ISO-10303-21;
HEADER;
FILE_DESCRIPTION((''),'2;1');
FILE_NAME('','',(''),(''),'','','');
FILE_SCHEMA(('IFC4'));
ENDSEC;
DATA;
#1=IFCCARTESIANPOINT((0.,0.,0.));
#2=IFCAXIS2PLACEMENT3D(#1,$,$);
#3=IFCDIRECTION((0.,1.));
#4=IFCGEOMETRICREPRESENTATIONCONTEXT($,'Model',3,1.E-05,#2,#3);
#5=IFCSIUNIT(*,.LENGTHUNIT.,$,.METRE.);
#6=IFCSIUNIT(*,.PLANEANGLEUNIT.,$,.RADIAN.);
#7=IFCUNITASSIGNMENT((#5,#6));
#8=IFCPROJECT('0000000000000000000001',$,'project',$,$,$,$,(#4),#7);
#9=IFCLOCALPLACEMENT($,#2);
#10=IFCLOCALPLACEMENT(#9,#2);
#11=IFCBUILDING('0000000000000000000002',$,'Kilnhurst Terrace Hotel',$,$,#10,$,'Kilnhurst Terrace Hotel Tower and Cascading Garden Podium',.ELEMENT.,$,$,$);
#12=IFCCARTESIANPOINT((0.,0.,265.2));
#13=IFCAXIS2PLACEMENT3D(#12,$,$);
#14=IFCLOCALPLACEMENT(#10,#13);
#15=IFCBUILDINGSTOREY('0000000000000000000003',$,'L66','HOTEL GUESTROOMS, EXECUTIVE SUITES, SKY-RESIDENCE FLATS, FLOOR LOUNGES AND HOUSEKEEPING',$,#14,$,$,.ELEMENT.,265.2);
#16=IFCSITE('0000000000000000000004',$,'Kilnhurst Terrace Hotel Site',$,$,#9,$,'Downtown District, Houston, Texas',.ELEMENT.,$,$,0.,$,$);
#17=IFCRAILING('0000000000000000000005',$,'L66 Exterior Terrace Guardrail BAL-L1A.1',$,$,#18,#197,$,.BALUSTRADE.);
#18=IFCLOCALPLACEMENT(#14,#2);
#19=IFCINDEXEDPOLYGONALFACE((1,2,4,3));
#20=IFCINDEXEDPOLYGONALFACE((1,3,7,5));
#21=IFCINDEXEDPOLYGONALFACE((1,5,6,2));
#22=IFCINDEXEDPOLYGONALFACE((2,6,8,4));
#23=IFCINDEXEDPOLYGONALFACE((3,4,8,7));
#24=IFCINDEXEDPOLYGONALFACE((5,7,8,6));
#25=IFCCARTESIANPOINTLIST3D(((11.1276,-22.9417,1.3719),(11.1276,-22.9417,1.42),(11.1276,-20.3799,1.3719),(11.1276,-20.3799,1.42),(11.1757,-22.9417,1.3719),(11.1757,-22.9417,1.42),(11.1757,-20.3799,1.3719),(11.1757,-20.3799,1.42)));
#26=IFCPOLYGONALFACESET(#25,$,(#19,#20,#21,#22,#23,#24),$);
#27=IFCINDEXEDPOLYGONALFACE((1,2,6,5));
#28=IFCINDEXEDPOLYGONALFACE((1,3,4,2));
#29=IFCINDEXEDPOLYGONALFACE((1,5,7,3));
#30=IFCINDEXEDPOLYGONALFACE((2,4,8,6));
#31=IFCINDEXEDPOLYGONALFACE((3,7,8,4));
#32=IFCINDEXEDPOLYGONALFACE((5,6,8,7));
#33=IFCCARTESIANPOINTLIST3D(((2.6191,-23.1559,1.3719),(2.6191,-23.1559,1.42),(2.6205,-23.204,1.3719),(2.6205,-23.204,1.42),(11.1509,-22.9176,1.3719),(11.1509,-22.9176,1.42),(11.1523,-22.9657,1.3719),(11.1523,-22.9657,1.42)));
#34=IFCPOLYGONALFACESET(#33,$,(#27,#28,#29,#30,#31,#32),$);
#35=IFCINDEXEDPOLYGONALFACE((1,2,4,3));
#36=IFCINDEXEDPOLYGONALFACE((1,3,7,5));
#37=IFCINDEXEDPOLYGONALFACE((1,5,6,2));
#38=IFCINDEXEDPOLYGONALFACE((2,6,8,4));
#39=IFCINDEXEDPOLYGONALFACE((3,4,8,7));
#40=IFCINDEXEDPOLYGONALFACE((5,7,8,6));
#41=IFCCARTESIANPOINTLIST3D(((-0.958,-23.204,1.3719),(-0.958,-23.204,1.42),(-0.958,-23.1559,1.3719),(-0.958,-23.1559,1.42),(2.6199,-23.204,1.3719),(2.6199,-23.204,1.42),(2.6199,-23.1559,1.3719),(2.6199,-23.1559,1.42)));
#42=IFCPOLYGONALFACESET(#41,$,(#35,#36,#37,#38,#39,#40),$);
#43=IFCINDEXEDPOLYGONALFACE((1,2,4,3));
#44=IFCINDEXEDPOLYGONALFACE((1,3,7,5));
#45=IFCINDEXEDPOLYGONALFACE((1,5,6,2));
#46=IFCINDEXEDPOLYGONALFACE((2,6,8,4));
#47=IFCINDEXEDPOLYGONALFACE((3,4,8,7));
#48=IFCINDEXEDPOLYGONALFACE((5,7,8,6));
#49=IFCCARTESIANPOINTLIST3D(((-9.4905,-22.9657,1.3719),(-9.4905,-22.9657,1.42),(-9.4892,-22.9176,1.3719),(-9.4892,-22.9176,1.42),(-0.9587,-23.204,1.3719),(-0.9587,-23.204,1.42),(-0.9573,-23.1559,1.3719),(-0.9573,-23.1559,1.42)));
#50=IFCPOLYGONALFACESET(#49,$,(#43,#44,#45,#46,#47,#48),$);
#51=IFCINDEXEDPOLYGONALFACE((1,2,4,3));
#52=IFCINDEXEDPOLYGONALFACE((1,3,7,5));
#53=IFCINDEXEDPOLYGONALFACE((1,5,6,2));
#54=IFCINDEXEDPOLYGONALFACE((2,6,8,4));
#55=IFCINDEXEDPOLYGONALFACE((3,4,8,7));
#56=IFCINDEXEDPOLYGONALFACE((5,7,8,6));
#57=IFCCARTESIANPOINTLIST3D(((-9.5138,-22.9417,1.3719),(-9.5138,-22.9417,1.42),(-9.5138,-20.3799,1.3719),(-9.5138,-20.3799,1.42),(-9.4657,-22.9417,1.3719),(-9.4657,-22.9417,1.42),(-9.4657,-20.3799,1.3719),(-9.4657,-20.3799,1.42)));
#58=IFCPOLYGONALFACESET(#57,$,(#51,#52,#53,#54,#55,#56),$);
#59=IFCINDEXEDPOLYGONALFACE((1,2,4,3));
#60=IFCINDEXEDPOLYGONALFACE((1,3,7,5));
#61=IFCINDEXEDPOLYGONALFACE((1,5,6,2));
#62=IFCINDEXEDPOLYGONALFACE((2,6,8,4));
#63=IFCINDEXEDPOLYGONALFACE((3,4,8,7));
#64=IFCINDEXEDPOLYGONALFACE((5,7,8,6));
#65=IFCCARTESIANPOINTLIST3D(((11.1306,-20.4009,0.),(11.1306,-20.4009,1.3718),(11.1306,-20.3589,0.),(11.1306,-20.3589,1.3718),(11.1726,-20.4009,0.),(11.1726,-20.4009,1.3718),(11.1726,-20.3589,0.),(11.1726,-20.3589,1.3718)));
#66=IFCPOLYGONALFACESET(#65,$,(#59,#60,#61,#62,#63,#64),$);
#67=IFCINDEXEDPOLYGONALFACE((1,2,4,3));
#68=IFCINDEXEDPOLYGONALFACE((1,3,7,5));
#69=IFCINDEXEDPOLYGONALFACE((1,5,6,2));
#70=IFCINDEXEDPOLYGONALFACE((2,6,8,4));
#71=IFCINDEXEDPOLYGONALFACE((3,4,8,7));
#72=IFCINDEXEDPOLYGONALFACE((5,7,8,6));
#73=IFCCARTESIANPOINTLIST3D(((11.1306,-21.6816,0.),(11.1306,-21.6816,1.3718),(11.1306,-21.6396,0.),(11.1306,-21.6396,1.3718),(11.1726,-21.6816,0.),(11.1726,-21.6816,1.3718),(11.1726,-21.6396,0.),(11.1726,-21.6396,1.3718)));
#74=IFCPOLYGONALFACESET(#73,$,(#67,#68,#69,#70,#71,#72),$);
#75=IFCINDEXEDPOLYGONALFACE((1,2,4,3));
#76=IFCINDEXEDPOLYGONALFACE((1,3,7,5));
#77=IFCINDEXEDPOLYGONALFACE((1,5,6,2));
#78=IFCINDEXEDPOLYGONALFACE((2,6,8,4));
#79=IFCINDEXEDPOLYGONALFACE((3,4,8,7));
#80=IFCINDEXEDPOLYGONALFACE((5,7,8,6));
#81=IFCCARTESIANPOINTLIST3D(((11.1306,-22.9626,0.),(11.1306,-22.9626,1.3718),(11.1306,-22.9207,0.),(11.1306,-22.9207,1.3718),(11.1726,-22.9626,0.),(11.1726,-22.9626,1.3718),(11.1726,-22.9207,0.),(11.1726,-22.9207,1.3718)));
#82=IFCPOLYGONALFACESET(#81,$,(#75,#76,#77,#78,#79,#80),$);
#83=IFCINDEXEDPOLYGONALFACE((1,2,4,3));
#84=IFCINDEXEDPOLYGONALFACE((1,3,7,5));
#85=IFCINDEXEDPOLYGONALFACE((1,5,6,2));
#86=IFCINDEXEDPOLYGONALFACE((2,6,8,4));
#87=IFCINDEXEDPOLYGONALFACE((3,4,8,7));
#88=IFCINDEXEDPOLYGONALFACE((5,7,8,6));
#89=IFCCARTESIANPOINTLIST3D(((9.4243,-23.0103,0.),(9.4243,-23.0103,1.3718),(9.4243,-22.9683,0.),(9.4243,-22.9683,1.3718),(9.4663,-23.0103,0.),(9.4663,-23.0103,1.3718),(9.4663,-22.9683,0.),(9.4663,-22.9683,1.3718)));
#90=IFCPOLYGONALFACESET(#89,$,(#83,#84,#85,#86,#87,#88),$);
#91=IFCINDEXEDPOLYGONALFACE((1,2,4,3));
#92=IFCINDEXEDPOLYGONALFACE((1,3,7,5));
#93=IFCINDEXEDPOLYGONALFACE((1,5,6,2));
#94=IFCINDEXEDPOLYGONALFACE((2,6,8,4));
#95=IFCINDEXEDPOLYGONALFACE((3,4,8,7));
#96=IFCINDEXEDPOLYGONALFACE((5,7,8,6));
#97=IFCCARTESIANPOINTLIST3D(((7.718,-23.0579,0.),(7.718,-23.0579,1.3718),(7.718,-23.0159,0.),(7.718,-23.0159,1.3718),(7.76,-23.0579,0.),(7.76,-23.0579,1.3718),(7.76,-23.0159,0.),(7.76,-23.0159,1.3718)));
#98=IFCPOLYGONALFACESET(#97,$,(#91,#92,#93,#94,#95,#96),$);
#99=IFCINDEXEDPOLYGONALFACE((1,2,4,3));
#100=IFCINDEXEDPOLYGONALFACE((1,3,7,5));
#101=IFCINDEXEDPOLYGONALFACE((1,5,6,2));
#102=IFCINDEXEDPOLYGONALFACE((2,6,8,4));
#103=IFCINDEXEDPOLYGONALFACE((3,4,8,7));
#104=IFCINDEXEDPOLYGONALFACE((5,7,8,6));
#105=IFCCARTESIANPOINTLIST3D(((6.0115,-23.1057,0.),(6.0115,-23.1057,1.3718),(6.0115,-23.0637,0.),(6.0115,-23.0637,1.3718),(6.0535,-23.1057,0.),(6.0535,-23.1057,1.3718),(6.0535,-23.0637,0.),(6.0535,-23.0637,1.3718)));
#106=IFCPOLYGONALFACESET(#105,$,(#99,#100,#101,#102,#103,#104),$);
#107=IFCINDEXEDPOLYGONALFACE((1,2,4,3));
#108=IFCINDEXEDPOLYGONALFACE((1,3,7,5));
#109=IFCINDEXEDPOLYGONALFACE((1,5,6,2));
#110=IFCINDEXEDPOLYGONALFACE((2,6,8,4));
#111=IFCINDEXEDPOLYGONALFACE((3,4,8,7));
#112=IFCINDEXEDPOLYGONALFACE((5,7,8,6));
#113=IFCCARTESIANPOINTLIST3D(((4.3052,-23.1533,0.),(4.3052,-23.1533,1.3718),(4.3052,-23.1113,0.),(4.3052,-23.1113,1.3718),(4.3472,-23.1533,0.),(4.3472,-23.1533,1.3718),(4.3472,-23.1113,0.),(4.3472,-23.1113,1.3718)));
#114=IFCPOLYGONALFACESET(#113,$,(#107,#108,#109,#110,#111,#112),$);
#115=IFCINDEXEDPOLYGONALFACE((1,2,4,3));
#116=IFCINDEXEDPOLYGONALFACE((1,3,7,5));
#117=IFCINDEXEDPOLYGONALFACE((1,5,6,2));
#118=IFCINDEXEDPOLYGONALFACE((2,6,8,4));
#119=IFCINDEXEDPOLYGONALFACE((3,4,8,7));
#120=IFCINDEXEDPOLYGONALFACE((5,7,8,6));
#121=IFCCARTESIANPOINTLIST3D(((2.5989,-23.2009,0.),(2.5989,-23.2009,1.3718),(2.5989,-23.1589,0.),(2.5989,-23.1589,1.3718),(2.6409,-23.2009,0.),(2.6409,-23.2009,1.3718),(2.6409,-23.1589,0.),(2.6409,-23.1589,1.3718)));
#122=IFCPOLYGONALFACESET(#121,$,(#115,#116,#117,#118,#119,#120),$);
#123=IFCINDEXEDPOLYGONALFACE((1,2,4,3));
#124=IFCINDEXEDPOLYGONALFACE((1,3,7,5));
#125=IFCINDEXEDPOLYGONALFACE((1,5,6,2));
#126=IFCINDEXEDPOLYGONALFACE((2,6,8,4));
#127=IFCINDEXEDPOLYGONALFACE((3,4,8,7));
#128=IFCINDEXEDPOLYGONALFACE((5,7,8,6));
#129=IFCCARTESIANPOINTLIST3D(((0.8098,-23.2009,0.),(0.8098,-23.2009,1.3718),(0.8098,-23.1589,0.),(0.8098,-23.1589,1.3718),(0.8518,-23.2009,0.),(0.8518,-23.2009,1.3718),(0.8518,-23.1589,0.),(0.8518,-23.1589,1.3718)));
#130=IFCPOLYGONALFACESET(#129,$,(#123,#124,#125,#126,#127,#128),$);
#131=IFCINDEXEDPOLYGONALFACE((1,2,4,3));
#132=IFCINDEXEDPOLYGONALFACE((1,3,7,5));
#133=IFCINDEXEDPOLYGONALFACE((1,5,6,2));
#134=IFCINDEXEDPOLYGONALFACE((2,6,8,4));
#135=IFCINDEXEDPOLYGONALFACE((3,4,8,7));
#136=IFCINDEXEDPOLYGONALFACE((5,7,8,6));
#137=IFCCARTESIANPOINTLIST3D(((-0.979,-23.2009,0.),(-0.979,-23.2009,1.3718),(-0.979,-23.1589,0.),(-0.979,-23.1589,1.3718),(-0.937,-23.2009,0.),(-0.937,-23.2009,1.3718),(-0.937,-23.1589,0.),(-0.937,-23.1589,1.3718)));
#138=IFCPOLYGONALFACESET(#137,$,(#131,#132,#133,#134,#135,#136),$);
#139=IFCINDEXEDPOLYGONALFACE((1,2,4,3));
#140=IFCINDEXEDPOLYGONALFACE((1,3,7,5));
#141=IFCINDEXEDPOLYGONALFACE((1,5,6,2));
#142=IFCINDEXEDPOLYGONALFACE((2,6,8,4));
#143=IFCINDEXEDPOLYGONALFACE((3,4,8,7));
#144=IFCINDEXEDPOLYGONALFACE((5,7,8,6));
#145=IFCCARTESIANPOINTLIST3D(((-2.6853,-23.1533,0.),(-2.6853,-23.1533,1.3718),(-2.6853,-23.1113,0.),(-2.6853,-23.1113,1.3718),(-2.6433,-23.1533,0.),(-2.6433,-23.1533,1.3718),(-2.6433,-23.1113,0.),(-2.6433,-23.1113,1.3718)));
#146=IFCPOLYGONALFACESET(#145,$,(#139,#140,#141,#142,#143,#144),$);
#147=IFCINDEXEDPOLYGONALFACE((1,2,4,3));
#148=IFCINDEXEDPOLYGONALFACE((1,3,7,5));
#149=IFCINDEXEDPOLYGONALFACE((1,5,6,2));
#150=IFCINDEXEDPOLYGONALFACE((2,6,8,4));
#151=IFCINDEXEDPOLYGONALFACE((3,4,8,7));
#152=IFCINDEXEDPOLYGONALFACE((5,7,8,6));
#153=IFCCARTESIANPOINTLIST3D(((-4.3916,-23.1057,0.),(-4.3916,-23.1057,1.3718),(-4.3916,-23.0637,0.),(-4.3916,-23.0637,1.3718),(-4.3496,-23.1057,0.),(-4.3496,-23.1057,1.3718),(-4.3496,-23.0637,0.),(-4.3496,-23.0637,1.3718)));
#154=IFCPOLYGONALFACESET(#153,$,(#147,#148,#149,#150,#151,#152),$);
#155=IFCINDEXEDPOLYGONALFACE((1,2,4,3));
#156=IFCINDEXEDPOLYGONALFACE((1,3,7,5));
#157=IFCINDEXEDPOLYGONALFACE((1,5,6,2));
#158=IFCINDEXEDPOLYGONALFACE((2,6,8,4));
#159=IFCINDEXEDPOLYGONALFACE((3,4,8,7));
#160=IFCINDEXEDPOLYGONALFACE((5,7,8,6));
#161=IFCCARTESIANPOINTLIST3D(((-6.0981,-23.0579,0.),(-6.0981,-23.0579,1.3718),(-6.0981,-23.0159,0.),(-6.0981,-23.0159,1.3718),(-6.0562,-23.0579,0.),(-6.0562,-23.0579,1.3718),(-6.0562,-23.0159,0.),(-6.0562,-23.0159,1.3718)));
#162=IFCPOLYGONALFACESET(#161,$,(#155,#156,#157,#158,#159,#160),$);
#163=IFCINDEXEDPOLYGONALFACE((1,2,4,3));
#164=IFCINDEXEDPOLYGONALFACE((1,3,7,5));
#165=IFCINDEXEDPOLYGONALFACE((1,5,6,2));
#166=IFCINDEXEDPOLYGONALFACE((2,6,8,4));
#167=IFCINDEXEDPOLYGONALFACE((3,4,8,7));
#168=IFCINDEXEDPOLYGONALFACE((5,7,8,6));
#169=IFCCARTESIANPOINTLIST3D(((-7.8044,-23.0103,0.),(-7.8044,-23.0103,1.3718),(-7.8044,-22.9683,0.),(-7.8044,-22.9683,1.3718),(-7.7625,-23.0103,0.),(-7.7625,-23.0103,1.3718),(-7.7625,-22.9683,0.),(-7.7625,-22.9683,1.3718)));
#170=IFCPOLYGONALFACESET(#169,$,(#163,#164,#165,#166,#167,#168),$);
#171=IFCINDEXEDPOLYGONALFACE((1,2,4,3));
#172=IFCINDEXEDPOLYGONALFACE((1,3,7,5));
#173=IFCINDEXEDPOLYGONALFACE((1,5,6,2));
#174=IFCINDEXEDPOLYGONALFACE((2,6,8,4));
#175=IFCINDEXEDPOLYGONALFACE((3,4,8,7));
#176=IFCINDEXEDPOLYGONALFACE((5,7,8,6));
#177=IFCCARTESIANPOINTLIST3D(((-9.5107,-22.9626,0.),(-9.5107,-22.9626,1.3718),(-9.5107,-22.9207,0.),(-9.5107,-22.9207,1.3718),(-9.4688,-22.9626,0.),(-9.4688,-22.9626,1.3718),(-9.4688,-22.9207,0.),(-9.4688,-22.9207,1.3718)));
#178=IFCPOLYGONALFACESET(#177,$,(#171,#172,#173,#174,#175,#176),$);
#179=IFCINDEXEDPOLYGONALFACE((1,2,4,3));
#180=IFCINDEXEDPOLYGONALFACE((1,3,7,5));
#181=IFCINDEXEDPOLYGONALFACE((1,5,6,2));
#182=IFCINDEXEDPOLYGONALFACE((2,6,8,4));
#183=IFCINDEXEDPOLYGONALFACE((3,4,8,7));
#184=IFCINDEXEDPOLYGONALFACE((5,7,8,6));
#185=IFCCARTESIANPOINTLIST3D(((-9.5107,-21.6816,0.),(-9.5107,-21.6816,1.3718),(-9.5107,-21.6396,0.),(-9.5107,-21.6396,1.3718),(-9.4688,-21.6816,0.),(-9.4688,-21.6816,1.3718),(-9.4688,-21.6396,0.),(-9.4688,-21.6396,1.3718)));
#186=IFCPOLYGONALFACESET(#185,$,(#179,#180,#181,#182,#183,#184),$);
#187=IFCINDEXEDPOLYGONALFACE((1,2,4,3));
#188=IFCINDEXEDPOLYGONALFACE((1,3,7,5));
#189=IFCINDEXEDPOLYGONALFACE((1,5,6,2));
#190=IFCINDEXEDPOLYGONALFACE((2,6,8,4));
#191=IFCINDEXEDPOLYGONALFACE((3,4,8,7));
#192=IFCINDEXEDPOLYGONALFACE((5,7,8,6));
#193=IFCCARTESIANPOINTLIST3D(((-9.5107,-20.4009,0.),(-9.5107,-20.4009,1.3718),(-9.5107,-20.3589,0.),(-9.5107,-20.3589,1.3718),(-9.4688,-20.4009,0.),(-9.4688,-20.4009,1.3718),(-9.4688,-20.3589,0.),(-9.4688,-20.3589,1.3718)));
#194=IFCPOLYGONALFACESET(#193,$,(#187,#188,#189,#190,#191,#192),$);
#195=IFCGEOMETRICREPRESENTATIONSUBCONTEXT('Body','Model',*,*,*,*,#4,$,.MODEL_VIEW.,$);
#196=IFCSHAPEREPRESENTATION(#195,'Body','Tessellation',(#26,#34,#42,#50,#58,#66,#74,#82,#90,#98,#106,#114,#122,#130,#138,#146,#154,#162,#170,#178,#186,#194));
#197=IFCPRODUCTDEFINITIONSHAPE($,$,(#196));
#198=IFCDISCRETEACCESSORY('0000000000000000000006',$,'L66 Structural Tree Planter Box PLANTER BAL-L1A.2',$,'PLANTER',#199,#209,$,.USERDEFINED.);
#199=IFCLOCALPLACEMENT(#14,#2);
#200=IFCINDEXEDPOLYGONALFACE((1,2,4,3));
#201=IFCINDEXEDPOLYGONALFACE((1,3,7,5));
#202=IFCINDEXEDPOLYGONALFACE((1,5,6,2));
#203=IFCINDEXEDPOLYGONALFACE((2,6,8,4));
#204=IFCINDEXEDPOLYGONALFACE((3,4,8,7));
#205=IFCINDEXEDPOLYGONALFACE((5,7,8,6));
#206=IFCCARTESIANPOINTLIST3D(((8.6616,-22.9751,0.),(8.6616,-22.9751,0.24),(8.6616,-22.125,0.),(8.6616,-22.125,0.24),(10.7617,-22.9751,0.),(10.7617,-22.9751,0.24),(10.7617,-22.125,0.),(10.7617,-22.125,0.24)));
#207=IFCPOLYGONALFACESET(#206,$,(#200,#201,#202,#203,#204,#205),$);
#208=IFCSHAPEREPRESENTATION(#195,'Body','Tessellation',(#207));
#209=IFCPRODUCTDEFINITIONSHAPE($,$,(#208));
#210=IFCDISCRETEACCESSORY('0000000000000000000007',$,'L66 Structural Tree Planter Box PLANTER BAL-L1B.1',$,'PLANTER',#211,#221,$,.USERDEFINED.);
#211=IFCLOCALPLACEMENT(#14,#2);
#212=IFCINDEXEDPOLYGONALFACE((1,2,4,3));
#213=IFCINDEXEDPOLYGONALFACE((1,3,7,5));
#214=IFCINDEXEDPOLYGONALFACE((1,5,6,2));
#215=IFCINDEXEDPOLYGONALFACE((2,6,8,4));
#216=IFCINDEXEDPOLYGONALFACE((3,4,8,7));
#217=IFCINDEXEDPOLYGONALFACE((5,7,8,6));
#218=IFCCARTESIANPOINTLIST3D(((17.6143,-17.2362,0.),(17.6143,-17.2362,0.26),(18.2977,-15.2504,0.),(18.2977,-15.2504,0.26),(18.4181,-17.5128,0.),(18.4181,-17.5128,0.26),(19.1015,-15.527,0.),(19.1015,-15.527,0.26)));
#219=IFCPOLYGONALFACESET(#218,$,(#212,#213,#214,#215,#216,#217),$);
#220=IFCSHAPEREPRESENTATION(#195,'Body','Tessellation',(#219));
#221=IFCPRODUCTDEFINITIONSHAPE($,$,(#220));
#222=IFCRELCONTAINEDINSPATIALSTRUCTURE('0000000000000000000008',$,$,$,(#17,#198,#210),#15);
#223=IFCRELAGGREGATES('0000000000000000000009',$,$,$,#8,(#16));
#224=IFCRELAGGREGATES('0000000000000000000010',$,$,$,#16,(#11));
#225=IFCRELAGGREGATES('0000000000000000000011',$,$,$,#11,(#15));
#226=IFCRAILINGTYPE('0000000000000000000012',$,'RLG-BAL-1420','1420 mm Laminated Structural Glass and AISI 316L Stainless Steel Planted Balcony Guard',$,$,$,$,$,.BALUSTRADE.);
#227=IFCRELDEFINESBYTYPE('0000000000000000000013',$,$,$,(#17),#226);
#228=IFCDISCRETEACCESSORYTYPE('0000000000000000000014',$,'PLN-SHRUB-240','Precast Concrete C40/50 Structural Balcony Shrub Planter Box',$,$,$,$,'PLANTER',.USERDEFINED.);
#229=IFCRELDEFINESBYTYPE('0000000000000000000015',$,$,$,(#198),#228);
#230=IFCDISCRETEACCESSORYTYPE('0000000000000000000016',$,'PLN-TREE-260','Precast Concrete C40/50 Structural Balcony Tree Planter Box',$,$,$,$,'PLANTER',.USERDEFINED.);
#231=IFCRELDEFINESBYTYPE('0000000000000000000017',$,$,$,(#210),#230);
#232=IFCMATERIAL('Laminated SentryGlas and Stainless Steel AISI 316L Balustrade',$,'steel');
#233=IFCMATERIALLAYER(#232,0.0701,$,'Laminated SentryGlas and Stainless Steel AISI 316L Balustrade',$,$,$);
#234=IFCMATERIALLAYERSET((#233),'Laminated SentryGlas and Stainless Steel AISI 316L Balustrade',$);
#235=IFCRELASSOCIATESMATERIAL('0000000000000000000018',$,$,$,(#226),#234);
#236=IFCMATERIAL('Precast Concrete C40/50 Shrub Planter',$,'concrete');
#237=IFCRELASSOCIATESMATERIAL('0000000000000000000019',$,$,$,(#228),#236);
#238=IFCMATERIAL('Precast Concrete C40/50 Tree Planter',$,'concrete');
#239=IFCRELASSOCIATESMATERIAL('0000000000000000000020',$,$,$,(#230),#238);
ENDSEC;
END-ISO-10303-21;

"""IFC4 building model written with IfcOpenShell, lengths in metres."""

from ifc_helpers import new_model, si_unit, direction, frame, origin, origin_2d, place, context, subcontext, project, spatial, rectangle, extrude, material, layer, layer_set, type_object, element, save


model = new_model("IFC4")

# Units and contexts
model_context = context("Model", 3, precision=1e-05, world=origin(), true_north=direction((0.0, 1.0)))
body_context = subcontext(model_context, "Body", "Model", "MODEL_VIEW")
ifc_project = project(units=[si_unit("LENGTHUNIT", "METRE"), si_unit("PLANEANGLEUNIT", "RADIAN")], contexts=[model_context])

# Site, building, storey
site_placement = place(None, origin())
site = spatial("IfcSite", under=ifc_project, at=site_placement, Name="Kilnhurst Terrace Hotel Site", LongName="Downtown District, Houston, Texas", CompositionType="ELEMENT", RefElevation=0.0)
building_placement = place(site_placement, origin())
building = spatial("IfcBuilding", under=site, at=building_placement, Name="Kilnhurst Terrace Hotel", LongName="Kilnhurst Terrace Hotel Tower and Cascading Garden Podium", CompositionType="ELEMENT")
storey_placement = place(building_placement, frame((0.0, 0.0, 265.2)))
storey = spatial("IfcBuildingStorey", under=building, at=storey_placement, Name="L66", Description="HOTEL GUESTROOMS, EXECUTIVE SUITES, SKY-RESIDENCE FLATS, FLOOR LOUNGES AND HOUSEKEEPING", CompositionType="ELEMENT", Elevation=265.2)

# Railing
ifc_material_1 = material(Name="Laminated SentryGlas and Stainless Steel AISI 316L Balustrade", Category="steel")
ifc_layer_1 = layer(ifc_material_1, 0.0701, Name="Laminated SentryGlas and Stainless Steel AISI 316L Balustrade")
ifc_layer_set_1 = layer_set([ifc_layer_1], Name="Laminated SentryGlas and Stainless Steel AISI 316L Balustrade")
railing_type = type_object("IfcRailingType", Name="RLG-BAL-1420", Description="1420 mm Laminated Structural Glass and AISI 316L Stainless Steel Planted Balcony Guard", PredefinedType="BALUSTRADE", material=ifc_layer_set_1)
railing_placement = place(storey_placement, frame((11.1516, -20.3799, 0.0)))
element("IfcRailing", 1, at=railing_placement, inside=storey, type_object=railing_type, Name="L66 Exterior Terrace Guardrail BAL-L1A.1", PredefinedType="BALUSTRADE", context=body_context, shape_type="SweptSolid", body=[
    extrude(rectangle(XDim=0.0481, YDim=0.0481, at=origin_2d()), frame((0.0, 0.0, 1.396), z_axis=(0.0, -1.0, 0.0), x_axis=(1.0, 0.0, 0.0)), (0.0, 0.0, 1.0), 2.5618),
    extrude(rectangle(XDim=0.0481, YDim=0.0481, at=origin_2d()), frame((0.0, -2.5618, 1.396), z_axis=(-0.99961, -0.027918, 0.0), x_axis=(0.027918, -0.99961, 0.0)), (0.0, 0.0, 1.0), 8.5352),
    extrude(rectangle(XDim=0.0481, YDim=0.0481, at=origin_2d()), frame((-8.5317, -2.8, 1.396), z_axis=(-1.0, 0.0, 0.0), x_axis=(0.0, -1.0, 0.0)), (0.0, 0.0, 1.0), 3.5779),
    extrude(rectangle(XDim=0.0481, YDim=0.0481, at=origin_2d()), frame((-12.1096, -2.8, 1.396), z_axis=(-0.99961, 0.027918, 0.0), x_axis=(-0.027918, -0.99961, 0.0)), (0.0, 0.0, 1.0), 8.5352),
    extrude(rectangle(XDim=0.0481, YDim=0.0481, at=origin_2d()), frame((-20.6414, -2.5618, 1.396), z_axis=(0.0, 1.0, 0.0), x_axis=(-1.0, 0.0, 0.0)), (0.0, 0.0, 1.0), 2.5618),
    extrude(rectangle(XDim=0.042, YDim=0.042, at=origin_2d()), origin(), (0.0, 0.0, 1.0), 1.3718),
    extrude(rectangle(XDim=0.042, YDim=0.042, at=origin_2d()), frame((0.0, -1.2808, 0.0)), (0.0, 0.0, 1.0), 1.3718),
    extrude(rectangle(XDim=0.042, YDim=0.042, at=origin_2d()), frame((0.0, -2.5618, 0.0)), (0.0, 0.0, 1.0), 1.3718),
    extrude(rectangle(XDim=0.042, YDim=0.042, at=origin_2d()), frame((-1.7063, -2.6094, 0.0)), (0.0, 0.0, 1.0), 1.3718),
    extrude(rectangle(XDim=0.042, YDim=0.042, at=origin_2d()), frame((-3.4126, -2.657, 0.0)), (0.0, 0.0, 1.0), 1.3718),
    extrude(rectangle(XDim=0.042, YDim=0.042, at=origin_2d()), frame((-5.1191, -2.7048, 0.0)), (0.0, 0.0, 1.0), 1.3718),
    extrude(rectangle(XDim=0.042, YDim=0.042, at=origin_2d()), frame((-6.8254, -2.7524, 0.0)), (0.0, 0.0, 1.0), 1.3718),
    extrude(rectangle(XDim=0.042, YDim=0.042, at=origin_2d()), frame((-8.5317, -2.8, 0.0)), (0.0, 0.0, 1.0), 1.3718),
    extrude(rectangle(XDim=0.042, YDim=0.042, at=origin_2d()), frame((-10.3208, -2.8, 0.0)), (0.0, 0.0, 1.0), 1.3718),
    extrude(rectangle(XDim=0.042, YDim=0.042, at=origin_2d()), frame((-12.1096, -2.8, 0.0)), (0.0, 0.0, 1.0), 1.3718),
    extrude(rectangle(XDim=0.042, YDim=0.042, at=origin_2d()), frame((-13.8159, -2.7524, 0.0)), (0.0, 0.0, 1.0), 1.3718),
    extrude(rectangle(XDim=0.042, YDim=0.042, at=origin_2d()), frame((-15.5222, -2.7048, 0.0)), (0.0, 0.0, 1.0), 1.3718),
    extrude(rectangle(XDim=0.042, YDim=0.042, at=origin_2d()), frame((-17.2288, -2.657, 0.0)), (0.0, 0.0, 1.0), 1.3718),
    extrude(rectangle(XDim=0.042, YDim=0.042, at=origin_2d()), frame((-18.9351, -2.6094, 0.0)), (0.0, 0.0, 1.0), 1.3718),
    extrude(rectangle(XDim=0.042, YDim=0.042, at=origin_2d()), frame((-20.6414, -2.5618, 0.0)), (0.0, 0.0, 1.0), 1.3718),
    extrude(rectangle(XDim=0.042, YDim=0.042, at=origin_2d()), frame((-20.6414, -1.2808, 0.0)), (0.0, 0.0, 1.0), 1.3718),
    extrude(rectangle(XDim=0.042, YDim=0.042, at=origin_2d()), frame((-20.6414, 0.0, 0.0)), (0.0, 0.0, 1.0), 1.3718),
])

# Discrete accessories
ifc_material_2 = material(Name="Precast Concrete C40/50 Shrub Planter", Category="concrete")
discrete_accessory_type_1 = type_object("IfcDiscreteAccessoryType", Name="PLN-SHRUB-240", Description="Precast Concrete C40/50 Structural Balcony Shrub Planter Box", ElementType="PLANTER", PredefinedType="USERDEFINED", material=ifc_material_2)
discrete_accessory_1_placement = place(storey_placement, frame((9.7117, -22.55, 0.0), z_axis=(0.0, 0.0, 1.0), x_axis=(1.0, 0.0, 0.0)))
element("IfcDiscreteAccessory", 2, at=discrete_accessory_1_placement, inside=storey, type_object=discrete_accessory_type_1, Name="L66 Structural Tree Planter Box PLANTER BAL-L1A.2", ObjectType="PLANTER", PredefinedType="USERDEFINED", context=body_context, shape_type="SweptSolid", body=[
    extrude(rectangle(XDim=2.1001, YDim=0.8501, at=origin_2d()), origin(), (0.0, 0.0, 1.0), 0.24),
])
ifc_material_3 = material(Name="Precast Concrete C40/50 Tree Planter", Category="concrete")
discrete_accessory_type_2 = type_object("IfcDiscreteAccessoryType", Name="PLN-TREE-260", Description="Precast Concrete C40/50 Structural Balcony Tree Planter Box", ElementType="PLANTER", PredefinedType="USERDEFINED", material=ifc_material_3)
discrete_accessory_2_placement = place(storey_placement, frame((18.3579, -16.3816, 0.0), z_axis=(0.0, 0.0, 1.0), x_axis=(0.325403, 0.945575, 0.0)))
element("IfcDiscreteAccessory", 3, at=discrete_accessory_2_placement, inside=storey, type_object=discrete_accessory_type_2, Name="L66 Structural Tree Planter Box PLANTER BAL-L1B.1", ObjectType="PLANTER", PredefinedType="USERDEFINED", context=body_context, shape_type="SweptSolid", body=[
    extrude(rectangle(XDim=2.1001, YDim=0.8501, at=origin_2d()), origin(), (0.0, 0.0, 1.0), 0.26),
])

save(model, "model.ifc")
